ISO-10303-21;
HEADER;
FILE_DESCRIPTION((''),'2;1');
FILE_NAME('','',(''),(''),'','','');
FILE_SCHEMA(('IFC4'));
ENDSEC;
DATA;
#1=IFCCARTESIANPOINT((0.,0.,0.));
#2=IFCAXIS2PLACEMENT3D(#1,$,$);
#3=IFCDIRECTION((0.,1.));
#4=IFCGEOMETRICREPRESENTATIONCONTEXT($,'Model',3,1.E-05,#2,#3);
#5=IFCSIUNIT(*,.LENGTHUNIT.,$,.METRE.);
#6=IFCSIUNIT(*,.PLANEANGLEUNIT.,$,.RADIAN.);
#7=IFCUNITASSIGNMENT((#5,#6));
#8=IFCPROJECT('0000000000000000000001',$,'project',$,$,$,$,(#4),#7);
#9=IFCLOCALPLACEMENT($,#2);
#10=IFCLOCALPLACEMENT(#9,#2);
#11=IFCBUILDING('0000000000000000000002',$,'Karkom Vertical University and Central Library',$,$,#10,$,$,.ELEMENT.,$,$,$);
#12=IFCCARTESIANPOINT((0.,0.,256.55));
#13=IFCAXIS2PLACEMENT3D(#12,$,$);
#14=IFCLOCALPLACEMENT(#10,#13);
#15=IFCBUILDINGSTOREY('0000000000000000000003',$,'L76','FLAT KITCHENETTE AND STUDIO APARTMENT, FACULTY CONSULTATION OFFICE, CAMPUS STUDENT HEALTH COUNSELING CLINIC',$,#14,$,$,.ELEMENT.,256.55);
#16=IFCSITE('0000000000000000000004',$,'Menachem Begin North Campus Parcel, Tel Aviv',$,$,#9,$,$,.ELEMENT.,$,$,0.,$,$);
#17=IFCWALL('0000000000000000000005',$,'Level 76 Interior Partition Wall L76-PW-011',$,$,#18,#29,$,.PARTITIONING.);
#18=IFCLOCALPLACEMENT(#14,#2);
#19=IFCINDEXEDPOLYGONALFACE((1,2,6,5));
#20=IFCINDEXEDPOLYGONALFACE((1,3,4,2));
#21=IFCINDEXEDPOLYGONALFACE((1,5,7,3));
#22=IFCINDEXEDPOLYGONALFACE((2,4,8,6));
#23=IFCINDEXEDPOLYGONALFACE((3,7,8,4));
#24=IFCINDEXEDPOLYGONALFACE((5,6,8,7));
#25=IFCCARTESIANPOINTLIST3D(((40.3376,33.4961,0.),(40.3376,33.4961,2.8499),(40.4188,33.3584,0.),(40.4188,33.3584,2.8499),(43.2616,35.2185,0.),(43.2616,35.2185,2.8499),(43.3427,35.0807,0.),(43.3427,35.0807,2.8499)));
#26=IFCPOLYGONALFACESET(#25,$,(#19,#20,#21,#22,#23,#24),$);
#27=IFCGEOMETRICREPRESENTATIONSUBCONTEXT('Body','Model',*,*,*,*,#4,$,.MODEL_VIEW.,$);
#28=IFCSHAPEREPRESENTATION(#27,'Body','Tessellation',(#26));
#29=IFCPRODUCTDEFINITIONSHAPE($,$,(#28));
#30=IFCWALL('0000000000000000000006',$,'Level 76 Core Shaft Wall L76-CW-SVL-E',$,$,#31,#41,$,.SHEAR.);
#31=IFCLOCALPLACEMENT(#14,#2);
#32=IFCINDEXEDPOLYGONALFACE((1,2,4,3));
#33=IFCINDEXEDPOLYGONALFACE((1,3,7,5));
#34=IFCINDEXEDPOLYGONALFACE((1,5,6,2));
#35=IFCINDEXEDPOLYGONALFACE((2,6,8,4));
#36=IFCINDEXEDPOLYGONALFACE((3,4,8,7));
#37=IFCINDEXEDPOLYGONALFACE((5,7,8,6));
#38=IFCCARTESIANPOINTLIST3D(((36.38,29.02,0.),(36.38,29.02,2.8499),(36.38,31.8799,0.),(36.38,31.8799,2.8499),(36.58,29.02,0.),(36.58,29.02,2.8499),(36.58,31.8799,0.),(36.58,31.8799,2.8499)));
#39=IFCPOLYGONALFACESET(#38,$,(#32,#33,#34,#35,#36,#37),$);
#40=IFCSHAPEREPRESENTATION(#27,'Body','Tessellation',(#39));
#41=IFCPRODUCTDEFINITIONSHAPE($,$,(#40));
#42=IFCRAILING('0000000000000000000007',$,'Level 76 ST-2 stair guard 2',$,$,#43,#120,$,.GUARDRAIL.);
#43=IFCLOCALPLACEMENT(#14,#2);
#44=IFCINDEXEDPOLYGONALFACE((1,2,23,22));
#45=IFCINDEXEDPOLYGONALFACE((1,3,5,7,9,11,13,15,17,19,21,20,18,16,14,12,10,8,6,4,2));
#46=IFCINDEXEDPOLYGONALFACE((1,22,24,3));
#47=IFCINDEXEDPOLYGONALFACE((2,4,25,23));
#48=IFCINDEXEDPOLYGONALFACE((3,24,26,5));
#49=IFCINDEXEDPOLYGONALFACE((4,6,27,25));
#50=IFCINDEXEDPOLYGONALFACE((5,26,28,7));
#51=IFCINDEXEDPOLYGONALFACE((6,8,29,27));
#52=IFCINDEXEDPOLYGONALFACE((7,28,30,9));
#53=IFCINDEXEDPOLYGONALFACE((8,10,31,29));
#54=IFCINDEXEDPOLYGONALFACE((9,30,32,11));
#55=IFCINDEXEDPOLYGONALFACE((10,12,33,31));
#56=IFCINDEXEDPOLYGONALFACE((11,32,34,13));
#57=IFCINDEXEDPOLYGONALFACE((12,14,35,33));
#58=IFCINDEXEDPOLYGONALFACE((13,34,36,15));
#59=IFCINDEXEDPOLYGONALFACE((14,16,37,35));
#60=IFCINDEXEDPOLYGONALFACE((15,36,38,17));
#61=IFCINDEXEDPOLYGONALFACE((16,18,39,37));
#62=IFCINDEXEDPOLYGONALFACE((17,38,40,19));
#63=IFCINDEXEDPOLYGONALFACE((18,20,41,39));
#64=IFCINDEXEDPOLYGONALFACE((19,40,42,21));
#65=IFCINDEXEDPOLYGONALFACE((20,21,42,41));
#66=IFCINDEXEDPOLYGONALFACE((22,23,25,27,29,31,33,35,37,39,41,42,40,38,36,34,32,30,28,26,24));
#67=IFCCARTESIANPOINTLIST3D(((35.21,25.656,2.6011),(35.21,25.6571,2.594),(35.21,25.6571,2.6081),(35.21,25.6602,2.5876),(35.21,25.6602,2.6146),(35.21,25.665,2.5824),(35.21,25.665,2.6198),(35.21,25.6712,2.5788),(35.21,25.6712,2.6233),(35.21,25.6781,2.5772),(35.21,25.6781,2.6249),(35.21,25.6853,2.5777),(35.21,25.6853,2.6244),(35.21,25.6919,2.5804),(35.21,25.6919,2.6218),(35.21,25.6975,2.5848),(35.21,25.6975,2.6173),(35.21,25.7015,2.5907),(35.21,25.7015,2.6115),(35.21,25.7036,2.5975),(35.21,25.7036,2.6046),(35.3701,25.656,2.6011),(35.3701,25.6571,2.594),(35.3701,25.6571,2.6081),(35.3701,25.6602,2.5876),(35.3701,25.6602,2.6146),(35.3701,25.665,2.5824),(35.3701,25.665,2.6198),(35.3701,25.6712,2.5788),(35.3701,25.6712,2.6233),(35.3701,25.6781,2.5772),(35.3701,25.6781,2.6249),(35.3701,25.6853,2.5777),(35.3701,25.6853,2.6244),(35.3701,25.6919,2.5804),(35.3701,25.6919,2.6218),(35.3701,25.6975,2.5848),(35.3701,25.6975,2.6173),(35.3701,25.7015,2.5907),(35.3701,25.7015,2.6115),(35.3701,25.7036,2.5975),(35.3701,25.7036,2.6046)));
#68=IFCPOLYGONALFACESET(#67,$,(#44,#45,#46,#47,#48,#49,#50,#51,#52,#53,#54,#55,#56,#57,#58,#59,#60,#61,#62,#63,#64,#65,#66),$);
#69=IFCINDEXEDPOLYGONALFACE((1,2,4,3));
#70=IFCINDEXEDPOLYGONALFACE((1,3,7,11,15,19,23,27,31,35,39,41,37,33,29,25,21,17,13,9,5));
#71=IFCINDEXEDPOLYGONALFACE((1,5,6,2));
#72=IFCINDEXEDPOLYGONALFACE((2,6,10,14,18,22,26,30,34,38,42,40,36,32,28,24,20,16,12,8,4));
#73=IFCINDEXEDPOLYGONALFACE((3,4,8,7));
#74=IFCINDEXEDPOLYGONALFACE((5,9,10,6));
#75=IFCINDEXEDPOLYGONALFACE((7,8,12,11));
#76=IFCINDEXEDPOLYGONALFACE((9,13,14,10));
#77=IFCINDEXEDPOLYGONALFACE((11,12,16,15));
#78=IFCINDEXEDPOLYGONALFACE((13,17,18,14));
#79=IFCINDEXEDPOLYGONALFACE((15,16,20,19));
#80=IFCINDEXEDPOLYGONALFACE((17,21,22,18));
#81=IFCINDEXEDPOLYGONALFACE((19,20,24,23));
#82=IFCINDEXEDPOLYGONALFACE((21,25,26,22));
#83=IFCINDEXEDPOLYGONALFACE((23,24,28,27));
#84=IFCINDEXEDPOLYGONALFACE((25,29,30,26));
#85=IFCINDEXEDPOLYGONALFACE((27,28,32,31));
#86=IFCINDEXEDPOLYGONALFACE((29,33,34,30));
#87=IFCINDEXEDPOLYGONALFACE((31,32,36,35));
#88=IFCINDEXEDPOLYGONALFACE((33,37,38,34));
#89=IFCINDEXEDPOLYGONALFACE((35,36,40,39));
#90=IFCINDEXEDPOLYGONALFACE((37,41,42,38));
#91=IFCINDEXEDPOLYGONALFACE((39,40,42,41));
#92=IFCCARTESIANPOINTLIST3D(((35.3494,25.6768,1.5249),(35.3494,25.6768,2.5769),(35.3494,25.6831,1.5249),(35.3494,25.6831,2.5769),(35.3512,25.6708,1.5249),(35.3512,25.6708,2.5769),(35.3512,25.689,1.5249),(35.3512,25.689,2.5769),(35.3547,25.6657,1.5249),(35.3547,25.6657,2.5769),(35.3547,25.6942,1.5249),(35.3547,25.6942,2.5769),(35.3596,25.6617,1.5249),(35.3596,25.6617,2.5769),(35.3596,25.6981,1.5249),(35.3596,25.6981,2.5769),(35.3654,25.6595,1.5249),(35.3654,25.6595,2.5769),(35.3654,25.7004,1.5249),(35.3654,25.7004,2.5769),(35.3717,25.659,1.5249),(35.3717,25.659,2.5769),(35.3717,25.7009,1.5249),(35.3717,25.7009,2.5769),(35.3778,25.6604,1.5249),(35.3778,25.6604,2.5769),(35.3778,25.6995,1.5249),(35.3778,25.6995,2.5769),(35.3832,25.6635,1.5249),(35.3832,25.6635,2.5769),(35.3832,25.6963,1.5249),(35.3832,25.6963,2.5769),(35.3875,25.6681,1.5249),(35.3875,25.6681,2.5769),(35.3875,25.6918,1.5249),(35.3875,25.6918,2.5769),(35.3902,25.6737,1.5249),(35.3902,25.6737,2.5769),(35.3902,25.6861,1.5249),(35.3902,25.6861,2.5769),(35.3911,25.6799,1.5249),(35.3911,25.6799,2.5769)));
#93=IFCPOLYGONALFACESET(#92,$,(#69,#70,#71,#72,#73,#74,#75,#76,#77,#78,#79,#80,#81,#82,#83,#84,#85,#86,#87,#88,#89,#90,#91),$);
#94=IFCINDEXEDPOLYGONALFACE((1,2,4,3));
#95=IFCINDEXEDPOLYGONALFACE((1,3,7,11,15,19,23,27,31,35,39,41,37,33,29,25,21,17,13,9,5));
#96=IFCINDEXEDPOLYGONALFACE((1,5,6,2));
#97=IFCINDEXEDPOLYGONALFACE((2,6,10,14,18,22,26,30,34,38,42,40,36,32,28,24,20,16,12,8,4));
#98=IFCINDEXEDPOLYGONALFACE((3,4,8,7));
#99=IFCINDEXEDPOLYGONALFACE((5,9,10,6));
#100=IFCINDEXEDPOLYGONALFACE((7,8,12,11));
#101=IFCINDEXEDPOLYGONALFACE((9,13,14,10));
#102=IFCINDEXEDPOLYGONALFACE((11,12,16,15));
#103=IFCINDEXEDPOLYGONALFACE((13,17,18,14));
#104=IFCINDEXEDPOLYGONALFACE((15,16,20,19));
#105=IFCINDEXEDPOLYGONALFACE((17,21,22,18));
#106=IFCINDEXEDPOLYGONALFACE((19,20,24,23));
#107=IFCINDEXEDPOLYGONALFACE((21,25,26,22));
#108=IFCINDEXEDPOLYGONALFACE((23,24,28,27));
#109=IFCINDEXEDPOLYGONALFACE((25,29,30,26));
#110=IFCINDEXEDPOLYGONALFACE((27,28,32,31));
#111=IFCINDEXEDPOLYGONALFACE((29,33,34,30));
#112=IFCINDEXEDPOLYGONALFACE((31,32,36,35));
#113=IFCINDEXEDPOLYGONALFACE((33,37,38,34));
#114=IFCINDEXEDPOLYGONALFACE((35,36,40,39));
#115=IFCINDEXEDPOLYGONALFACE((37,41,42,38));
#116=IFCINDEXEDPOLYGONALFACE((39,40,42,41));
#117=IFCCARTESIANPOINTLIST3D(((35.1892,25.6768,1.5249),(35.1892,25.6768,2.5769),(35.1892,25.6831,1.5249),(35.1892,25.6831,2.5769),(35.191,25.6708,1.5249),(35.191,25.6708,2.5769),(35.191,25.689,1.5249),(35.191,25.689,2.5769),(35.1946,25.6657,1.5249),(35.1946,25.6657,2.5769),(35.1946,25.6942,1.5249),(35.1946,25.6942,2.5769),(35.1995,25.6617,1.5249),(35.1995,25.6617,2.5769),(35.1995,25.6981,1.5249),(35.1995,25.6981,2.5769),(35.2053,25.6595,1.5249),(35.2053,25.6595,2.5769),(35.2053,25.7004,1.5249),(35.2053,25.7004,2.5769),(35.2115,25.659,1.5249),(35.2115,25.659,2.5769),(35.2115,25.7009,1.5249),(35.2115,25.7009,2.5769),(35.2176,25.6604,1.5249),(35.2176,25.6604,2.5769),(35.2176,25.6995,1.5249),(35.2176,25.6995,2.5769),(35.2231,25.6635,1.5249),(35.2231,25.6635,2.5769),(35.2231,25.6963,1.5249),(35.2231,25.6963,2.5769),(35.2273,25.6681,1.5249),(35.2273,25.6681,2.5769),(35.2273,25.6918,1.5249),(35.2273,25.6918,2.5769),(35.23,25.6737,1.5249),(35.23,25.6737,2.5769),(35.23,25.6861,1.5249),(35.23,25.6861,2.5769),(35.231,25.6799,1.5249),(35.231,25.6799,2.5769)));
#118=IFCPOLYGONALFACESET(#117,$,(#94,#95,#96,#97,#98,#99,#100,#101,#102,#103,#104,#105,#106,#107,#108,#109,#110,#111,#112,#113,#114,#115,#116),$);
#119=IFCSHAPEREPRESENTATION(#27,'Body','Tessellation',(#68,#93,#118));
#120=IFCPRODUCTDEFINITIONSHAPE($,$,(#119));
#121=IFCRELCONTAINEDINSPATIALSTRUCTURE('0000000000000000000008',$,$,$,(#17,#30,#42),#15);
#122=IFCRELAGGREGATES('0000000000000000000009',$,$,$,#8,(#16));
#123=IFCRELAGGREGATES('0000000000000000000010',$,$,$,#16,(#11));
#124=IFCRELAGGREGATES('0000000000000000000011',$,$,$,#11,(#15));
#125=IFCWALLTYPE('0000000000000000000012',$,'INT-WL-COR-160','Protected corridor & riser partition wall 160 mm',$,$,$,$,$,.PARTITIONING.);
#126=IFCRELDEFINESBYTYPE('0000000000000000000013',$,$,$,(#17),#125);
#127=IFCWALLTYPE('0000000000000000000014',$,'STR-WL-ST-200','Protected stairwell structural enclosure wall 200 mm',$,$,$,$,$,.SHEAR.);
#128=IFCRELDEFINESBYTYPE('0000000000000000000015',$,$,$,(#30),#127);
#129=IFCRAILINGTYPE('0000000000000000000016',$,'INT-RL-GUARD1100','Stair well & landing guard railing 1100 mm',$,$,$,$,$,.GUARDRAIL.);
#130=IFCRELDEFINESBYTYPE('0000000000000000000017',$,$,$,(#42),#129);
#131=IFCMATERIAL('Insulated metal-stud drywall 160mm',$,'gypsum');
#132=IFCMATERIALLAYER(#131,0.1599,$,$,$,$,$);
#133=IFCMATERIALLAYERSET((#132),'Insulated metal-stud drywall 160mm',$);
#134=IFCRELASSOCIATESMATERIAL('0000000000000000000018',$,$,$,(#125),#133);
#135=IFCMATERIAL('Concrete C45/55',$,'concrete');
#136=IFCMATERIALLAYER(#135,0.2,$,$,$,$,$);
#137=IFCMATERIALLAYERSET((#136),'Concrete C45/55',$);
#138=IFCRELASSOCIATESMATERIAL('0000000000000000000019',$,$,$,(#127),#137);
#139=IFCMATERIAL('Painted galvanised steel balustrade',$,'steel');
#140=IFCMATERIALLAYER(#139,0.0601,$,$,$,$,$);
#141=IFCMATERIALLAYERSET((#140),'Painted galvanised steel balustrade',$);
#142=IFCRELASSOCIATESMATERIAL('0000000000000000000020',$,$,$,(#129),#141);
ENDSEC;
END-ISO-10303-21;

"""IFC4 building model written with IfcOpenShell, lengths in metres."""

from ifc_helpers import new_model, si_unit, direction, frame, frame_2d, origin, origin_2d, place, context, subcontext, project, spatial, rectangle, circle, extrude, material, layer, layer_set, type_object, element, save


model = new_model("IFC4")

# Units and contexts
model_context = context("Model", 3, precision=1e-05, world=origin(), true_north=direction((0.0, 1.0)))
body_context = subcontext(model_context, "Body", "Model", "MODEL_VIEW")
ifc_project = project(units=[si_unit("LENGTHUNIT", "METRE"), si_unit("PLANEANGLEUNIT", "RADIAN")], contexts=[model_context])

# Site, building, storey
site_placement = place(None, origin())
site = spatial("IfcSite", under=ifc_project, at=site_placement, Name="Menachem Begin North Campus Parcel, Tel Aviv", CompositionType="ELEMENT", RefElevation=0.0)
building_placement = place(site_placement, origin())
building = spatial("IfcBuilding", under=site, at=building_placement, Name="Karkom Vertical University and Central Library", CompositionType="ELEMENT")
storey_placement = place(building_placement, frame((0.0, 0.0, 256.55)))
storey = spatial("IfcBuildingStorey", under=building, at=storey_placement, Name="L76", Description="FLAT KITCHENETTE AND STUDIO APARTMENT, FACULTY CONSULTATION OFFICE, CAMPUS STUDENT HEALTH COUNSELING CLINIC", CompositionType="ELEMENT", Elevation=256.55)

# Shared definitions
ifc_material_1 = material(Name="Concrete C45/55", Category="concrete")

# Shared definitions
ifc_material_2 = material(Name="Insulated metal-stud drywall 160mm", Category="gypsum")
ifc_layer_1 = layer(ifc_material_2, 0.1599)
ifc_layer_set_1 = layer_set([ifc_layer_1], Name="Insulated metal-stud drywall 160mm")
wall_type_1 = type_object("IfcWallType", Name="INT-WL-COR-160", Description="Protected corridor & riser partition wall 160 mm", PredefinedType="PARTITIONING", material=ifc_layer_set_1)

# Wall
wall_1_placement = place(storey_placement, frame((40.3782, 33.4272, 0.0), z_axis=(0.0, 0.0, 1.0), x_axis=(0.861629, 0.507539, 0.0)))
element("IfcWall", 1, at=wall_1_placement, inside=storey, type_object=wall_type_1, Name="Level 76 Interior Partition Wall L76-PW-011", PredefinedType="PARTITIONING", context=body_context, shape_type="SweptSolid", body=[
    extrude(rectangle(XDim=3.3936, YDim=0.1599, at=frame_2d((1.6968, 0.0))), origin(), (0.0, 0.0, 1.0), 2.8499),
])

# Wall
ifc_layer_2 = layer(ifc_material_1, 0.2)
ifc_layer_set_2 = layer_set([ifc_layer_2], Name="Concrete C45/55")
wall_type_2 = type_object("IfcWallType", Name="STR-WL-ST-200", Description="Protected stairwell structural enclosure wall 200 mm", PredefinedType="SHEAR", material=ifc_layer_set_2)
wall_2_placement = place(storey_placement, frame((36.48, 29.02, 0.0), z_axis=(0.0, 0.0, 1.0), x_axis=(0.0, 1.0, 0.0)))
element("IfcWall", 2, at=wall_2_placement, inside=storey, type_object=wall_type_2, Name="Level 76 Core Shaft Wall L76-CW-SVL-E", PredefinedType="SHEAR", context=body_context, shape_type="SweptSolid", body=[
    extrude(rectangle(XDim=2.8599, YDim=0.2, at=frame_2d((1.4299, 0.0))), origin(), (0.0, 0.0, 1.0), 2.8499),
])

# Railing
ifc_material_3 = material(Name="Painted galvanised steel balustrade", Category="steel")
ifc_layer_3 = layer(ifc_material_3, 0.0601)
ifc_layer_set_3 = layer_set([ifc_layer_3], Name="Painted galvanised steel balustrade")
railing_type = type_object("IfcRailingType", Name="INT-RL-GUARD1100", Description="Stair well & landing guard railing 1100 mm", PredefinedType="GUARDRAIL", material=ifc_layer_set_3)
railing_1_placement = place(storey_placement, frame((35.3701, 25.6799, 1.5249)))
element("IfcRailing", 3, at=railing_1_placement, inside=storey, type_object=railing_type, Name="Level 76 ST-2 stair guard 2", PredefinedType="GUARDRAIL", context=body_context, shape_type="SweptSolid", body=[
    extrude(circle(Radius=0.0239, at=origin_2d()), frame((0.0, 0.0, 1.0762), z_axis=(-1.0, 0.0, 0.0), x_axis=(0.0, -1.0, 0.0)), (0.0, 0.0, 1.0), 0.1602),
    extrude(circle(Radius=0.021, at=origin_2d()), origin(), (0.0, 0.0, 1.0), 1.052),
    extrude(circle(Radius=0.021, at=origin_2d()), frame((-0.1602, 0.0, 0.0)), (0.0, 0.0, 1.0), 1.052),
])

save(model, "model.ifc")
